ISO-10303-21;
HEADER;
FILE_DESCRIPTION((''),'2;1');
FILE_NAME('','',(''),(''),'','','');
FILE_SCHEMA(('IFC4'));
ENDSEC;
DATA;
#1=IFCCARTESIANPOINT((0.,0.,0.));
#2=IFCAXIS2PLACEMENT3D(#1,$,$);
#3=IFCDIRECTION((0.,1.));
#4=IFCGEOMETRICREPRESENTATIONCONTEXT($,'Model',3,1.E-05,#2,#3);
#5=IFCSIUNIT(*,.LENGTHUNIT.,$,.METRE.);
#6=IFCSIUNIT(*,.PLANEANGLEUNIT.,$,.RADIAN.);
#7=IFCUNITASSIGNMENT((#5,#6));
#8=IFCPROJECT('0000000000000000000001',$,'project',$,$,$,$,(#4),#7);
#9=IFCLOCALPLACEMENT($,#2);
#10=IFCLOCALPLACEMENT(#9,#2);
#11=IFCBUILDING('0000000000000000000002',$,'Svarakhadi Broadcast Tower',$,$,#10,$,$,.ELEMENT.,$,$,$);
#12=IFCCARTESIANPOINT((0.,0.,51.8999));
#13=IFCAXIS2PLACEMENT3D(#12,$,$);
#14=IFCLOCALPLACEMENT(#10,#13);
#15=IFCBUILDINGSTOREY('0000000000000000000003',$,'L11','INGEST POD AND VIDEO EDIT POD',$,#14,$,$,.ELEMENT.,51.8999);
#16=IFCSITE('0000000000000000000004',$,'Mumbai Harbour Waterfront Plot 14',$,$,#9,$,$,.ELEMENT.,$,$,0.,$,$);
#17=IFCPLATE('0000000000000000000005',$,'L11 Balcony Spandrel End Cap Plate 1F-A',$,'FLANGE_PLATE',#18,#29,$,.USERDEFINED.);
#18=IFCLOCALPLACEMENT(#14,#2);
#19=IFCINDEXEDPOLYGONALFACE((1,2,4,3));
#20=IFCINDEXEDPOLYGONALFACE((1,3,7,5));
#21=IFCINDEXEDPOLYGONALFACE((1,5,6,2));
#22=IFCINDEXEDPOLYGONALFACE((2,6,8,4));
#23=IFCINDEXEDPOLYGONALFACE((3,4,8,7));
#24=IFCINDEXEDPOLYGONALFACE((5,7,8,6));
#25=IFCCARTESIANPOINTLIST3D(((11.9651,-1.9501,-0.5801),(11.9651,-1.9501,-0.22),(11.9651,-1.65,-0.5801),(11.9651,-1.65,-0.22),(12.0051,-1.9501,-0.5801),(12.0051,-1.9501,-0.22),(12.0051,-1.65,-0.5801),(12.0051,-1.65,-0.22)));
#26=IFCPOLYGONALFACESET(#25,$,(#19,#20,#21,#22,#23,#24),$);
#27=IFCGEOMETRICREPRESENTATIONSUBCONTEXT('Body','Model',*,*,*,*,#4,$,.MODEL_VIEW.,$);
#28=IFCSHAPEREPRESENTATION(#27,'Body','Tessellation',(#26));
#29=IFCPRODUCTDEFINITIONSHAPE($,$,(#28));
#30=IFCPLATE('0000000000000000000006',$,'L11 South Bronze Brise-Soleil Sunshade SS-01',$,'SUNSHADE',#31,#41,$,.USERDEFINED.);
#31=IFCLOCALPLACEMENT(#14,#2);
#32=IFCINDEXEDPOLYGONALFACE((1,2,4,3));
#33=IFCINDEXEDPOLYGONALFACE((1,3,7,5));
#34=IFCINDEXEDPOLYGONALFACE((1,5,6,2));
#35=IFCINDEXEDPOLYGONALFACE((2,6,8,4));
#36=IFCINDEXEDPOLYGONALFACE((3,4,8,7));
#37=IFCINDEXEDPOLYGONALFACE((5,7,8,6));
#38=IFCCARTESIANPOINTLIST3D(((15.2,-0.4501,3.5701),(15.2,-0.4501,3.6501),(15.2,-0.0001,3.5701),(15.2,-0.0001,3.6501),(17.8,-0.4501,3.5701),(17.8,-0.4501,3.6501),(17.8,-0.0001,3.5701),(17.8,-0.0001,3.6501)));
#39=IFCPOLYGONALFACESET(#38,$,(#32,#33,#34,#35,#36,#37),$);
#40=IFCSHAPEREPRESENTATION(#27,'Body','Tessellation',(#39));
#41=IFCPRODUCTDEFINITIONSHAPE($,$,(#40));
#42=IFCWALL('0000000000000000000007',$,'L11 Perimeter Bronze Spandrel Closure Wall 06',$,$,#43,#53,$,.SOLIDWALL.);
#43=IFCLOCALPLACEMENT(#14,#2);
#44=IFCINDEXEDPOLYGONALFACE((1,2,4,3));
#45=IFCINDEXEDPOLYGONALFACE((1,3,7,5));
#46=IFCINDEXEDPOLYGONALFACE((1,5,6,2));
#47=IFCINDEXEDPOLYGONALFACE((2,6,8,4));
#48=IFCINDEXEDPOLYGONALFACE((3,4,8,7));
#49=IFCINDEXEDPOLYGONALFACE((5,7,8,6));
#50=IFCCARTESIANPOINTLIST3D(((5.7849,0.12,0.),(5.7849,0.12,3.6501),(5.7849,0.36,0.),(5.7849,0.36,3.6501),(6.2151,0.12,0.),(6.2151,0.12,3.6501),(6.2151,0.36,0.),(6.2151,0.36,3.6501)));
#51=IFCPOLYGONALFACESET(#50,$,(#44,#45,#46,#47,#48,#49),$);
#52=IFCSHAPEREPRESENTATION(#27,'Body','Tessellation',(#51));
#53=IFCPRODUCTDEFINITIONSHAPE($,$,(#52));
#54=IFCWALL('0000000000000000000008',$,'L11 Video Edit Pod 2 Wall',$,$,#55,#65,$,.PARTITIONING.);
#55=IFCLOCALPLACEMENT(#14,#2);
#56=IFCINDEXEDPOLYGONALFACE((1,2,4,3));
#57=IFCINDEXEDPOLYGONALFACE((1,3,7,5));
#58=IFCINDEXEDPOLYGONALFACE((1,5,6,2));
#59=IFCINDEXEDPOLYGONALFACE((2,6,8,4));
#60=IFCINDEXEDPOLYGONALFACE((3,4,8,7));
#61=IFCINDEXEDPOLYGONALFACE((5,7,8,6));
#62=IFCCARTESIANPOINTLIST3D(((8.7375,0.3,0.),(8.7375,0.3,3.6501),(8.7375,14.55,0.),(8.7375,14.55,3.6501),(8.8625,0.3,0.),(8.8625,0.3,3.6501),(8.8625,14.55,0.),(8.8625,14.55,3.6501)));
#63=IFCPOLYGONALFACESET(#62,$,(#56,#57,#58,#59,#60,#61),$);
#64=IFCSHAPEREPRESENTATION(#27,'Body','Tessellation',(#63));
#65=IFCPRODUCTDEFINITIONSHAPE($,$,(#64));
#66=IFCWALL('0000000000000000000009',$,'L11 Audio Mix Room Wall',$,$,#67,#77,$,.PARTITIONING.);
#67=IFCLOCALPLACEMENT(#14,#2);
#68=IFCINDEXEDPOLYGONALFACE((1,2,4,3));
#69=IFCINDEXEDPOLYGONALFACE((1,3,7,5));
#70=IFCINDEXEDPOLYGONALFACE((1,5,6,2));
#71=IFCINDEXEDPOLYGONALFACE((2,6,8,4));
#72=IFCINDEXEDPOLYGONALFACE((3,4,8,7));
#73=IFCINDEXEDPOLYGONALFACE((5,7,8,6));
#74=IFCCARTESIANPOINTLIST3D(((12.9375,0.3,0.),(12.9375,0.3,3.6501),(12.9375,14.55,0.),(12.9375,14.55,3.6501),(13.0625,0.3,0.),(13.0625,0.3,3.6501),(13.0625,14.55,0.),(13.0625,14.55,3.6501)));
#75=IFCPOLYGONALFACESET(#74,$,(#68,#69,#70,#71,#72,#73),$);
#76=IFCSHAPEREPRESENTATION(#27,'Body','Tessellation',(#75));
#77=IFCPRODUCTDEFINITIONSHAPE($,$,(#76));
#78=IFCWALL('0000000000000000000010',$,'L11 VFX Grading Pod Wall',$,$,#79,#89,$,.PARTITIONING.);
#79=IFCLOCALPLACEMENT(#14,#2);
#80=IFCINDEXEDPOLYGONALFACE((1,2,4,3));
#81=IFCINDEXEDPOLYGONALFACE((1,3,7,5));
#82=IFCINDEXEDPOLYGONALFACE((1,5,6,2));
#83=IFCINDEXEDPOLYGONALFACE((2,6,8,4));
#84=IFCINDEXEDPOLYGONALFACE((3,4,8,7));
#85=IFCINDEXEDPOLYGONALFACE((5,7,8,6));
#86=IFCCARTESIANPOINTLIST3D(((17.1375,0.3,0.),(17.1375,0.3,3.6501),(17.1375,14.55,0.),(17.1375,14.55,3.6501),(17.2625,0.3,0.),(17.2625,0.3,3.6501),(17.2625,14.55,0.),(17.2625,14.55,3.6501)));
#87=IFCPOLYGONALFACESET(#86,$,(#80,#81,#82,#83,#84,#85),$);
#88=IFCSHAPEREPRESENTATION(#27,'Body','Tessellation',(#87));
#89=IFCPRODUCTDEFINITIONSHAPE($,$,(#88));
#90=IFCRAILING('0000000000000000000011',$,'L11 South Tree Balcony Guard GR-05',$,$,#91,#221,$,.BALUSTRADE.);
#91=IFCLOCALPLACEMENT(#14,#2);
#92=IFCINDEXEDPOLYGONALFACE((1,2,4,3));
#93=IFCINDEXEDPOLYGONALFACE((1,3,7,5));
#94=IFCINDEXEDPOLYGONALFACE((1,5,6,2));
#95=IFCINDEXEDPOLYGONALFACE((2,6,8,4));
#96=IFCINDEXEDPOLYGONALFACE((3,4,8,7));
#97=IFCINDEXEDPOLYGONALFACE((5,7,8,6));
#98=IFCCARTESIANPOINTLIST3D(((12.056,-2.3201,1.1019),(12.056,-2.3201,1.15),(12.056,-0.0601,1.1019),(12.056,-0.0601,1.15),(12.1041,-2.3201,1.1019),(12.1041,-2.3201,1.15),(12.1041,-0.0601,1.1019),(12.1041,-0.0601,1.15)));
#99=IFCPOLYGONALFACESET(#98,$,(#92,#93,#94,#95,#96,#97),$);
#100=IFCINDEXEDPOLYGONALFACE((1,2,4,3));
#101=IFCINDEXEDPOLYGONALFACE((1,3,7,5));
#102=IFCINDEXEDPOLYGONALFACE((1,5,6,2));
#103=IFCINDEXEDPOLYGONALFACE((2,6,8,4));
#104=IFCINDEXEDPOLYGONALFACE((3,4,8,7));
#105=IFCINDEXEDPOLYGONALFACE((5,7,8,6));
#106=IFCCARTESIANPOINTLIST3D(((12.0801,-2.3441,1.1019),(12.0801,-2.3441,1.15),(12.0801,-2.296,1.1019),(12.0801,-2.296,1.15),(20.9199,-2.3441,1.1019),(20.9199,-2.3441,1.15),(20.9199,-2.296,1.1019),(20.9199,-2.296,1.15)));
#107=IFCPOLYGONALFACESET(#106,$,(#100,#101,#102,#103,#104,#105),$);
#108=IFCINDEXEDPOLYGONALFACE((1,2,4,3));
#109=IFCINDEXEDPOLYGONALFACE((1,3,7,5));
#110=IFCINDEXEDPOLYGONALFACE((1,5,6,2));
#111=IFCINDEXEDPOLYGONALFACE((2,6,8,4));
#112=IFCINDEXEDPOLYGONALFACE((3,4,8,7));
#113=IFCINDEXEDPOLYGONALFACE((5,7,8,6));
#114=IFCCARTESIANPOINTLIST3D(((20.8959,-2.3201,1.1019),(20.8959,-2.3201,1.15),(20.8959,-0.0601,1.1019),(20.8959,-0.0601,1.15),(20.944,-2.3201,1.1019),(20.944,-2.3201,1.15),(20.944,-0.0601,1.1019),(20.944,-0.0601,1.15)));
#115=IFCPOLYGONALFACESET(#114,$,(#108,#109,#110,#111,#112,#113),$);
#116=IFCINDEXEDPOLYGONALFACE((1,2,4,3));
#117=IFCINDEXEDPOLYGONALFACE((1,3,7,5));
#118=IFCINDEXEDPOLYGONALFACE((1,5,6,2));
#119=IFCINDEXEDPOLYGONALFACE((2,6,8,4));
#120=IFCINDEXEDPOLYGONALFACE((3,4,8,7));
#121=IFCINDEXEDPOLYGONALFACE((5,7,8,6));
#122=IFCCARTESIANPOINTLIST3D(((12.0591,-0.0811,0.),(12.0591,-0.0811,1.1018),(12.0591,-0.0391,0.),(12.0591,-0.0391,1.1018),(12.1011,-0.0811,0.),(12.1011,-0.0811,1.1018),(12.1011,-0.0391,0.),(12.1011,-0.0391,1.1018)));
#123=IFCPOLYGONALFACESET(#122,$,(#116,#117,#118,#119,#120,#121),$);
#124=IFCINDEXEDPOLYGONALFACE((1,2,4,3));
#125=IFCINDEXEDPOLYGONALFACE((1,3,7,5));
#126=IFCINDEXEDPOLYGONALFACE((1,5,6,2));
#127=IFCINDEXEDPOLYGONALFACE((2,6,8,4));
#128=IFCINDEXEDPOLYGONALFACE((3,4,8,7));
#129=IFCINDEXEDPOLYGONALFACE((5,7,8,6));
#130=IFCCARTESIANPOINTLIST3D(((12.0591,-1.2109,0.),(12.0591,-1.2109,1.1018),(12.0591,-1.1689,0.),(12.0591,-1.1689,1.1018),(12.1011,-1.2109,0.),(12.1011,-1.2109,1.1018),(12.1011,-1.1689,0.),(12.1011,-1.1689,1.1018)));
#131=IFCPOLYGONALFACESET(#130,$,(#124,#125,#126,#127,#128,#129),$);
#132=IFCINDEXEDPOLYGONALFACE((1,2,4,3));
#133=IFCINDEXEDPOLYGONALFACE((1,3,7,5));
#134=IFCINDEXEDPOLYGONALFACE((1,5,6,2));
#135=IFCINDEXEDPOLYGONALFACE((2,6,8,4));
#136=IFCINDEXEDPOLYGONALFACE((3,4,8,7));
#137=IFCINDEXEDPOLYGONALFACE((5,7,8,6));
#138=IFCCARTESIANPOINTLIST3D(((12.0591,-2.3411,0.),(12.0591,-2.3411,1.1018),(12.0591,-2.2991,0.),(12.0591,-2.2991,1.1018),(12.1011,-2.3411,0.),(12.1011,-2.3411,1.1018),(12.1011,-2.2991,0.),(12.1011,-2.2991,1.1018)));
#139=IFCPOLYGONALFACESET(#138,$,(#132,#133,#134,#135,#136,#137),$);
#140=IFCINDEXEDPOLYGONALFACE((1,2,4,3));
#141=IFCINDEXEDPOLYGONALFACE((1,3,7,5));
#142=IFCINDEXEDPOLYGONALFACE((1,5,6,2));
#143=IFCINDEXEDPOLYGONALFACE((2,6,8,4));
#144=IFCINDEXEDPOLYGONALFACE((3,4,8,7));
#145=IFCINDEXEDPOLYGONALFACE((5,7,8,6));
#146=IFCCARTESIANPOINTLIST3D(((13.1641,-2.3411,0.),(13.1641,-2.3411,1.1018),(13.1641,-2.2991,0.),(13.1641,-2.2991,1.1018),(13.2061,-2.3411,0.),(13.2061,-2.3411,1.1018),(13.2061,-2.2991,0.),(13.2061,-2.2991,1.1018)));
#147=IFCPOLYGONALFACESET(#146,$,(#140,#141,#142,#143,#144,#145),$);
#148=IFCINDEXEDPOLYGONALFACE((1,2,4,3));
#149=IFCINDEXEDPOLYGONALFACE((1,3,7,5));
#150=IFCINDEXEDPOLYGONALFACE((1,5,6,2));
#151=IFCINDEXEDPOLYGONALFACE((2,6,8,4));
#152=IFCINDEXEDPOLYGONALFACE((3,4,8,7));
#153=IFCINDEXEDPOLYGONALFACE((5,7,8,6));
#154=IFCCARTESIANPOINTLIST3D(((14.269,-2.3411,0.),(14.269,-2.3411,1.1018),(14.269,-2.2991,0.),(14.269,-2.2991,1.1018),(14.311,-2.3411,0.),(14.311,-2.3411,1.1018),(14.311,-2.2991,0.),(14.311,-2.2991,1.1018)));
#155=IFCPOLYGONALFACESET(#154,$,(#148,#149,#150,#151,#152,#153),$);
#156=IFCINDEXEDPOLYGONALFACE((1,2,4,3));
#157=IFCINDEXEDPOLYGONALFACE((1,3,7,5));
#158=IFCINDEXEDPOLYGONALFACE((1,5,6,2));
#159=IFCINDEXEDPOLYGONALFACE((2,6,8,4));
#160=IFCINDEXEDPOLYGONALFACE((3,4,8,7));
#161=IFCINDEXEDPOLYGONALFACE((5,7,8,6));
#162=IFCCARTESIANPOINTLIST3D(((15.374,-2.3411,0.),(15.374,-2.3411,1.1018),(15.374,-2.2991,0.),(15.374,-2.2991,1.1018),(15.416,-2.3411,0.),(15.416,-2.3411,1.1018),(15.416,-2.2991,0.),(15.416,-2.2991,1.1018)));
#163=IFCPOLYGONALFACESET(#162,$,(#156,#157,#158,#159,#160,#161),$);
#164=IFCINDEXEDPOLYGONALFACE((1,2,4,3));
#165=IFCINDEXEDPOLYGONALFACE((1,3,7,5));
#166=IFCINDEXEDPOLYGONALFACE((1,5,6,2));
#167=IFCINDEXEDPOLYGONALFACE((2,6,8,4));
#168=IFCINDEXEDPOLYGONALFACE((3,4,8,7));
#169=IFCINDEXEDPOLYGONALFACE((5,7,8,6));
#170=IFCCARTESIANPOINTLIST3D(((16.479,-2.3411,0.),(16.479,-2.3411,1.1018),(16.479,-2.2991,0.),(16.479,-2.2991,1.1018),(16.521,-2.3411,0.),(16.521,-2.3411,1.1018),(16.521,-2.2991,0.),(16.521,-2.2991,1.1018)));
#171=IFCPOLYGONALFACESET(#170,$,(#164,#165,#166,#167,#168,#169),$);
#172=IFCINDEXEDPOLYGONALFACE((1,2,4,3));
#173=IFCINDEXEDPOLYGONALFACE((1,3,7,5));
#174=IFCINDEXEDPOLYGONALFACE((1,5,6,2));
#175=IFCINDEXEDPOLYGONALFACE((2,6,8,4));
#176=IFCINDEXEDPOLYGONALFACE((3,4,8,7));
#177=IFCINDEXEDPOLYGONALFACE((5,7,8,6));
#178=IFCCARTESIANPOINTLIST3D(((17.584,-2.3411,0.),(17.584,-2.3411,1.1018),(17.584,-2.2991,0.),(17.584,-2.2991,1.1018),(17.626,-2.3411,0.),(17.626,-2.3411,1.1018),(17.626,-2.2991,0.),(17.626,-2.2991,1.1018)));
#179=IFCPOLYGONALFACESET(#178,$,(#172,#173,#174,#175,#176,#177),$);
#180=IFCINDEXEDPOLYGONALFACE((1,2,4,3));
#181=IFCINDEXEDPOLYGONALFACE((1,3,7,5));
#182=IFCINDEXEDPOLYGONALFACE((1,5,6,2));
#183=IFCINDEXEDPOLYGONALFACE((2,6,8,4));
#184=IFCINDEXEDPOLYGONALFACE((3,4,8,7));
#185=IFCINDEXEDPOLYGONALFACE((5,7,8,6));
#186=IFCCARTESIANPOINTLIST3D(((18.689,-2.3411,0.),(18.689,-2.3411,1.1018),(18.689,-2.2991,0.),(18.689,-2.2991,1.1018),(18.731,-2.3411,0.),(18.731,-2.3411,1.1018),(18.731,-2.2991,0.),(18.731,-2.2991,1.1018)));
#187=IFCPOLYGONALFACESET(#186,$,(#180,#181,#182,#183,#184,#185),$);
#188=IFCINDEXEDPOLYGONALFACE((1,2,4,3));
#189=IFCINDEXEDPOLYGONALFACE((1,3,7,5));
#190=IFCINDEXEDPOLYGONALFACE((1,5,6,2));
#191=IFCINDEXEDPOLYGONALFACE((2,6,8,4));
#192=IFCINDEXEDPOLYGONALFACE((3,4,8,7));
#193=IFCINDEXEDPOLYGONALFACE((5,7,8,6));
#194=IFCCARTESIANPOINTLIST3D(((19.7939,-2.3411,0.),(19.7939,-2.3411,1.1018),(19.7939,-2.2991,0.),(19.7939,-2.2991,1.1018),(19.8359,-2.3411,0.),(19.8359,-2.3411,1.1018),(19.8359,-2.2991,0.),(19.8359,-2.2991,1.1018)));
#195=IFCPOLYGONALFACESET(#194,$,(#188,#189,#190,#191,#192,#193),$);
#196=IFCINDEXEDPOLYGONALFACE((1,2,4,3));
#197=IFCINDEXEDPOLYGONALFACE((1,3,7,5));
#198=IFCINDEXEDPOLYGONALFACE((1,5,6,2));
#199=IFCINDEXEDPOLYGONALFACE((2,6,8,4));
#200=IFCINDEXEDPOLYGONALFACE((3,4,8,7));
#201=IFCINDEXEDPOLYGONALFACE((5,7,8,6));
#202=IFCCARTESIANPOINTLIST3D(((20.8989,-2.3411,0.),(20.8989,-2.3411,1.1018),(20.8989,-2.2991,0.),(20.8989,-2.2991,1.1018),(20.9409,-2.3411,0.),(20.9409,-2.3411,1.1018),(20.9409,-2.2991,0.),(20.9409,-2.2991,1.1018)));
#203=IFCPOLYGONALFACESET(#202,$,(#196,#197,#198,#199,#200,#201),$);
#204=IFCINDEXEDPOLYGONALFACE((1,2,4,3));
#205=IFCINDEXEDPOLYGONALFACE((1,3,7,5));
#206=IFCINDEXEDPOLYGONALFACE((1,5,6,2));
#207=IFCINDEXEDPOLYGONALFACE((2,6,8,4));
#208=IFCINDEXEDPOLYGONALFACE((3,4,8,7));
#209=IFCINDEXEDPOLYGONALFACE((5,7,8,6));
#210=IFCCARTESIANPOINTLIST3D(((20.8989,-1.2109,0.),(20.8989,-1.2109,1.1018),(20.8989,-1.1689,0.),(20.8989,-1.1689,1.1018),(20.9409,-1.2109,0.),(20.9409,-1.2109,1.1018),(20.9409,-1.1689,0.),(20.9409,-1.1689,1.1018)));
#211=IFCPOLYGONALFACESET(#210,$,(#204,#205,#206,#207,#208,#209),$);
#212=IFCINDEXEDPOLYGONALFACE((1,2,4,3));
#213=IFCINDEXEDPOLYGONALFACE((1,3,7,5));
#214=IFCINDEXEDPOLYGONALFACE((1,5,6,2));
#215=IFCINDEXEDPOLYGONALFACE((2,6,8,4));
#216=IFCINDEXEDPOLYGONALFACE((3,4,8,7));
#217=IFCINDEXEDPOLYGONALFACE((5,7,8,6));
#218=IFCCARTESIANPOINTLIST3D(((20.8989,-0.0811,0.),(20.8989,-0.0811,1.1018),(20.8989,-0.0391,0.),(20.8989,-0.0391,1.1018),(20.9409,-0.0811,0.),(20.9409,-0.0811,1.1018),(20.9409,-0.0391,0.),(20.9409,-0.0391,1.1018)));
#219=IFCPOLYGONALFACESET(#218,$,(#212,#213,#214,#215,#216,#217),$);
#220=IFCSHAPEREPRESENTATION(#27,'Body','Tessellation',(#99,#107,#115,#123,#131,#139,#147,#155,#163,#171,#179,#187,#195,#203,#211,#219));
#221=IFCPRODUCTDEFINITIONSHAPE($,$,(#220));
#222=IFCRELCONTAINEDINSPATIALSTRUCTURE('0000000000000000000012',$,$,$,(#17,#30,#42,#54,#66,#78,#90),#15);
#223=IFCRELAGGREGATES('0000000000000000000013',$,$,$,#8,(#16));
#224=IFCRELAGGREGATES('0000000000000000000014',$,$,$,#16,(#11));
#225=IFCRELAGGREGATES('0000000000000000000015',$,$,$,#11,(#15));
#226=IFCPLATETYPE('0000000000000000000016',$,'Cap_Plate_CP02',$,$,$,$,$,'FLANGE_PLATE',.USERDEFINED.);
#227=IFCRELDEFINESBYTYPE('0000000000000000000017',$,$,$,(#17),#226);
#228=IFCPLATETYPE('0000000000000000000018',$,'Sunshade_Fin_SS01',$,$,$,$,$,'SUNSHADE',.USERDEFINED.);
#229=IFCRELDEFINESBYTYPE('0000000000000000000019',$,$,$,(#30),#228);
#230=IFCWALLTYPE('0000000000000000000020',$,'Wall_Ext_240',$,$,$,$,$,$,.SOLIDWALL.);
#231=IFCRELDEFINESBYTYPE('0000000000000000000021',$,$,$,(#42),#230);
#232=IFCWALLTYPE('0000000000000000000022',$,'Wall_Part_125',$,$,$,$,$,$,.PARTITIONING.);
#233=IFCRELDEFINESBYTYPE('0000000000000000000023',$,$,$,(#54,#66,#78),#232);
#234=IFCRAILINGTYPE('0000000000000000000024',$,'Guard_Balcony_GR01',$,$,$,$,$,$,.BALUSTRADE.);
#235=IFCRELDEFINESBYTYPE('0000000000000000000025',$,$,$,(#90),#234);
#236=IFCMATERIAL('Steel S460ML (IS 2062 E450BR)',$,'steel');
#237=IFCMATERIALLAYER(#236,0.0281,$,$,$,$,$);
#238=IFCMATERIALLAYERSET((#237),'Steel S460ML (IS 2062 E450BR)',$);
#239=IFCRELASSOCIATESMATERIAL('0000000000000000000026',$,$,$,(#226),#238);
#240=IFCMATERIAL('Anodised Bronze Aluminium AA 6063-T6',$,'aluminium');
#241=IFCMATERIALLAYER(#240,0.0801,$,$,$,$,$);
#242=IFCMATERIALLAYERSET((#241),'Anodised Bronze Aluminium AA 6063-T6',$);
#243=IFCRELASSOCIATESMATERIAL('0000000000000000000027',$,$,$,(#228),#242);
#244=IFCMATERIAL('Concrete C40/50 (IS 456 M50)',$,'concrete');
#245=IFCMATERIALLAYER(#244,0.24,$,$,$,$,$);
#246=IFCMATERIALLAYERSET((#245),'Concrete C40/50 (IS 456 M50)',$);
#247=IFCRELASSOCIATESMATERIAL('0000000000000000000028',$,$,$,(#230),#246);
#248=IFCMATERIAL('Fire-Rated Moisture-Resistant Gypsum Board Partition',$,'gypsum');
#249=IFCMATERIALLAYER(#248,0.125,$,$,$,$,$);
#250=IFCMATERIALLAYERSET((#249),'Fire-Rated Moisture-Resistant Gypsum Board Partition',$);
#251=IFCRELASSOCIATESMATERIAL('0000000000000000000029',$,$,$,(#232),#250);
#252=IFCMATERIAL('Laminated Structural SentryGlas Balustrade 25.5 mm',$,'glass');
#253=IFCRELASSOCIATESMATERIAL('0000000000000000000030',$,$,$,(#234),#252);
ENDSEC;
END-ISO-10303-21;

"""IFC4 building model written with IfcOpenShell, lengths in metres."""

from ifc_helpers import new_model, si_unit, direction, frame, frame_2d, origin, origin_2d, place, context, subcontext, project, spatial, rectangle, extrude, material, layer, layer_set, type_object, element, save


model = new_model("IFC4")

# Units and contexts
model_context = context("Model", 3, precision=1e-05, world=origin(), true_north=direction((0.0, 1.0)))
body_context = subcontext(model_context, "Body", "Model", "MODEL_VIEW")
ifc_project = project(units=[si_unit("LENGTHUNIT", "METRE"), si_unit("PLANEANGLEUNIT", "RADIAN")], contexts=[model_context])

# Site, building, storey
site_placement = place(None, origin())
site = spatial("IfcSite", under=ifc_project, at=site_placement, Name="Mumbai Harbour Waterfront Plot 14", CompositionType="ELEMENT", RefElevation=0.0)
building_placement = place(site_placement, origin())
building = spatial("IfcBuilding", under=site, at=building_placement, Name="Svarakhadi Broadcast Tower", CompositionType="ELEMENT")
storey_placement = place(building_placement, frame((0.0, 0.0, 51.8999)))
storey = spatial("IfcBuildingStorey", under=building, at=storey_placement, Name="L11", Description="INGEST POD AND VIDEO EDIT POD", CompositionType="ELEMENT", Elevation=51.8999)

# Shared definitions
ifc_material_1 = material(Name="Steel S460ML (IS 2062 E450BR)", Category="steel")

# Shared definitions
ifc_material_2 = material(Name="Anodised Bronze Aluminium AA 6063-T6", Category="aluminium")

# Plates
ifc_layer_1 = layer(ifc_material_1, 0.0281)
ifc_layer_set_1 = layer_set([ifc_layer_1], Name="Steel S460ML (IS 2062 E450BR)")
plate_type_1 = type_object("IfcPlateType", Name="Cap_Plate_CP02", ElementType="FLANGE_PLATE", PredefinedType="USERDEFINED", material=ifc_layer_set_1)
plate_1_placement = place(storey_placement, frame((11.9851, -1.8, -0.5801), z_axis=(0.0, 0.0, 1.0), x_axis=(1.0, 0.0, 0.0)))
element("IfcPlate", 1, at=plate_1_placement, inside=storey, type_object=plate_type_1, Name="L11 Balcony Spandrel End Cap Plate 1F-A", ObjectType="FLANGE_PLATE", PredefinedType="USERDEFINED", context=body_context, shape_type="SweptSolid", body=[
    extrude(rectangle(XDim=0.04, YDim=0.3, at=origin_2d()), origin(), (0.0, 0.0, 1.0), 0.3601),
])
ifc_layer_2 = layer(ifc_material_2, 0.0801)
ifc_layer_set_2 = layer_set([ifc_layer_2], Name="Anodised Bronze Aluminium AA 6063-T6")
plate_type_2 = type_object("IfcPlateType", Name="Sunshade_Fin_SS01", ElementType="SUNSHADE", PredefinedType="USERDEFINED", material=ifc_layer_set_2)
plate_2_placement = place(storey_placement, frame((16.5, -0.2251, 3.5701), z_axis=(0.0, 0.0, 1.0), x_axis=(1.0, 0.0, 0.0)))
element("IfcPlate", 2, at=plate_2_placement, inside=storey, type_object=plate_type_2, Name="L11 South Bronze Brise-Soleil Sunshade SS-01", ObjectType="SUNSHADE", PredefinedType="USERDEFINED", context=body_context, shape_type="SweptSolid", body=[
    extrude(rectangle(XDim=2.6001, YDim=0.45, at=origin_2d()), origin(), (0.0, 0.0, 1.0), 0.0801),
])

# Walls
ifc_material_3 = material(Name="Concrete C40/50 (IS 456 M50)", Category="concrete")
ifc_layer_3 = layer(ifc_material_3, 0.24)
ifc_layer_set_3 = layer_set([ifc_layer_3], Name="Concrete C40/50 (IS 456 M50)")
wall_type_1 = type_object("IfcWallType", Name="Wall_Ext_240", PredefinedType="SOLIDWALL", material=ifc_layer_set_3)
wall_placement = place(storey_placement, frame((6.2151, 0.24, 0.0), z_axis=(0.0, 0.0, 1.0), x_axis=(-1.0, 0.0, 0.0)))
element("IfcWall", 3, at=wall_placement, inside=storey, type_object=wall_type_1, Name="L11 Perimeter Bronze Spandrel Closure Wall 06", PredefinedType="SOLIDWALL", context=body_context, shape_type="SweptSolid", body=[
    extrude(rectangle(XDim=0.4302, YDim=0.24, at=frame_2d((0.2151, 0.0))), origin(), (0.0, 0.0, 1.0), 3.6501),
])
ifc_material_4 = material(Name="Fire-Rated Moisture-Resistant Gypsum Board Partition", Category="gypsum")
ifc_layer_4 = layer(ifc_material_4, 0.125)
ifc_layer_set_4 = layer_set([ifc_layer_4], Name="Fire-Rated Moisture-Resistant Gypsum Board Partition")
wall_type_2 = type_object("IfcWallType", Name="Wall_Part_125", PredefinedType="PARTITIONING", material=ifc_layer_set_4)
for number, where, z_axis, x_axis, name in (
    (4, (8.8, 0.3, 0.0), (0.0, 0.0, 1.0), (0.0, 1.0, 0.0), "L11 Video Edit Pod 2 Wall"),
    (5, (13.0, 0.3, 0.0), (0.0, 0.0, 1.0), (0.0, 1.0, 0.0), "L11 Audio Mix Room Wall"),
    (6, (17.2, 0.3, 0.0), (0.0, 0.0, 1.0), (0.0, 1.0, 0.0), "L11 VFX Grading Pod Wall"),
):
    element("IfcWall", number, at=place(storey_placement, frame(where, z_axis=z_axis, x_axis=x_axis)), inside=storey, type_object=wall_type_2, Name=name, PredefinedType="PARTITIONING", context=body_context, shape_type="SweptSolid", body=[
        extrude(rectangle(XDim=14.25, YDim=0.125, at=frame_2d((7.125, 0.0))), origin(), (0.0, 0.0, 1.0), 3.6501),
    ])

# Railing
ifc_material_5 = material(Name="Laminated Structural SentryGlas Balustrade 25.5 mm", Category="glass")
railing_type = type_object("IfcRailingType", Name="Guard_Balcony_GR01", PredefinedType="BALUSTRADE", material=ifc_material_5)
railing_placement = place(storey_placement, frame((12.0801, -0.0601, 0.0)))
element("IfcRailing", 7, at=railing_placement, inside=storey, type_object=railing_type, Name="L11 South Tree Balcony Guard GR-05", PredefinedType="BALUSTRADE", context=body_context, shape_type="SweptSolid", body=[
    extrude(rectangle(XDim=0.0481, YDim=0.0481, at=origin_2d()), frame((0.0, 0.0, 1.126), z_axis=(0.0, -1.0, 0.0), x_axis=(1.0, 0.0, 0.0)), (0.0, 0.0, 1.0), 2.26),
    extrude(rectangle(XDim=0.0481, YDim=0.0481, at=origin_2d()), frame((0.0, -2.26, 1.126), z_axis=(1.0, 0.0, 0.0), x_axis=(0.0, 1.0, 0.0)), (0.0, 0.0, 1.0), 8.8398),
    extrude(rectangle(XDim=0.0481, YDim=0.0481, at=origin_2d()), frame((8.8398, -2.26, 1.126), z_axis=(0.0, 1.0, 0.0), x_axis=(-1.0, 0.0, 0.0)), (0.0, 0.0, 1.0), 2.26),
    extrude(rectangle(XDim=0.042, YDim=0.042, at=origin_2d()), origin(), (0.0, 0.0, 1.0), 1.1018),
    extrude(rectangle(XDim=0.042, YDim=0.042, at=origin_2d()), frame((0.0, -1.1299, 0.0)), (0.0, 0.0, 1.0), 1.1018),
    extrude(rectangle(XDim=0.042, YDim=0.042, at=origin_2d()), frame((0.0, -2.26, 0.0)), (0.0, 0.0, 1.0), 1.1018),
    extrude(rectangle(XDim=0.042, YDim=0.042, at=origin_2d()), frame((1.105, -2.26, 0.0)), (0.0, 0.0, 1.0), 1.1018),
    extrude(rectangle(XDim=0.042, YDim=0.042, at=origin_2d()), frame((2.21, -2.26, 0.0)), (0.0, 0.0, 1.0), 1.1018),
    extrude(rectangle(XDim=0.042, YDim=0.042, at=origin_2d()), frame((3.3149, -2.26, 0.0)), (0.0, 0.0, 1.0), 1.1018),
    extrude(rectangle(XDim=0.042, YDim=0.042, at=origin_2d()), frame((4.4199, -2.26, 0.0)), (0.0, 0.0, 1.0), 1.1018),
    extrude(rectangle(XDim=0.042, YDim=0.042, at=origin_2d()), frame((5.5249, -2.26, 0.0)), (0.0, 0.0, 1.0), 1.1018),
    extrude(rectangle(XDim=0.042, YDim=0.042, at=origin_2d()), frame((6.6299, -2.26, 0.0)), (0.0, 0.0, 1.0), 1.1018),
    extrude(rectangle(XDim=0.042, YDim=0.042, at=origin_2d()), frame((7.7349, -2.26, 0.0)), (0.0, 0.0, 1.0), 1.1018),
    extrude(rectangle(XDim=0.042, YDim=0.042, at=origin_2d()), frame((8.8398, -2.26, 0.0)), (0.0, 0.0, 1.0), 1.1018),
    extrude(rectangle(XDim=0.042, YDim=0.042, at=origin_2d()), frame((8.8398, -1.1299, 0.0)), (0.0, 0.0, 1.0), 1.1018),
    extrude(rectangle(XDim=0.042, YDim=0.042, at=origin_2d()), frame((8.8398, 0.0, 0.0)), (0.0, 0.0, 1.0), 1.1018),
])

save(model, "model.ifc")
